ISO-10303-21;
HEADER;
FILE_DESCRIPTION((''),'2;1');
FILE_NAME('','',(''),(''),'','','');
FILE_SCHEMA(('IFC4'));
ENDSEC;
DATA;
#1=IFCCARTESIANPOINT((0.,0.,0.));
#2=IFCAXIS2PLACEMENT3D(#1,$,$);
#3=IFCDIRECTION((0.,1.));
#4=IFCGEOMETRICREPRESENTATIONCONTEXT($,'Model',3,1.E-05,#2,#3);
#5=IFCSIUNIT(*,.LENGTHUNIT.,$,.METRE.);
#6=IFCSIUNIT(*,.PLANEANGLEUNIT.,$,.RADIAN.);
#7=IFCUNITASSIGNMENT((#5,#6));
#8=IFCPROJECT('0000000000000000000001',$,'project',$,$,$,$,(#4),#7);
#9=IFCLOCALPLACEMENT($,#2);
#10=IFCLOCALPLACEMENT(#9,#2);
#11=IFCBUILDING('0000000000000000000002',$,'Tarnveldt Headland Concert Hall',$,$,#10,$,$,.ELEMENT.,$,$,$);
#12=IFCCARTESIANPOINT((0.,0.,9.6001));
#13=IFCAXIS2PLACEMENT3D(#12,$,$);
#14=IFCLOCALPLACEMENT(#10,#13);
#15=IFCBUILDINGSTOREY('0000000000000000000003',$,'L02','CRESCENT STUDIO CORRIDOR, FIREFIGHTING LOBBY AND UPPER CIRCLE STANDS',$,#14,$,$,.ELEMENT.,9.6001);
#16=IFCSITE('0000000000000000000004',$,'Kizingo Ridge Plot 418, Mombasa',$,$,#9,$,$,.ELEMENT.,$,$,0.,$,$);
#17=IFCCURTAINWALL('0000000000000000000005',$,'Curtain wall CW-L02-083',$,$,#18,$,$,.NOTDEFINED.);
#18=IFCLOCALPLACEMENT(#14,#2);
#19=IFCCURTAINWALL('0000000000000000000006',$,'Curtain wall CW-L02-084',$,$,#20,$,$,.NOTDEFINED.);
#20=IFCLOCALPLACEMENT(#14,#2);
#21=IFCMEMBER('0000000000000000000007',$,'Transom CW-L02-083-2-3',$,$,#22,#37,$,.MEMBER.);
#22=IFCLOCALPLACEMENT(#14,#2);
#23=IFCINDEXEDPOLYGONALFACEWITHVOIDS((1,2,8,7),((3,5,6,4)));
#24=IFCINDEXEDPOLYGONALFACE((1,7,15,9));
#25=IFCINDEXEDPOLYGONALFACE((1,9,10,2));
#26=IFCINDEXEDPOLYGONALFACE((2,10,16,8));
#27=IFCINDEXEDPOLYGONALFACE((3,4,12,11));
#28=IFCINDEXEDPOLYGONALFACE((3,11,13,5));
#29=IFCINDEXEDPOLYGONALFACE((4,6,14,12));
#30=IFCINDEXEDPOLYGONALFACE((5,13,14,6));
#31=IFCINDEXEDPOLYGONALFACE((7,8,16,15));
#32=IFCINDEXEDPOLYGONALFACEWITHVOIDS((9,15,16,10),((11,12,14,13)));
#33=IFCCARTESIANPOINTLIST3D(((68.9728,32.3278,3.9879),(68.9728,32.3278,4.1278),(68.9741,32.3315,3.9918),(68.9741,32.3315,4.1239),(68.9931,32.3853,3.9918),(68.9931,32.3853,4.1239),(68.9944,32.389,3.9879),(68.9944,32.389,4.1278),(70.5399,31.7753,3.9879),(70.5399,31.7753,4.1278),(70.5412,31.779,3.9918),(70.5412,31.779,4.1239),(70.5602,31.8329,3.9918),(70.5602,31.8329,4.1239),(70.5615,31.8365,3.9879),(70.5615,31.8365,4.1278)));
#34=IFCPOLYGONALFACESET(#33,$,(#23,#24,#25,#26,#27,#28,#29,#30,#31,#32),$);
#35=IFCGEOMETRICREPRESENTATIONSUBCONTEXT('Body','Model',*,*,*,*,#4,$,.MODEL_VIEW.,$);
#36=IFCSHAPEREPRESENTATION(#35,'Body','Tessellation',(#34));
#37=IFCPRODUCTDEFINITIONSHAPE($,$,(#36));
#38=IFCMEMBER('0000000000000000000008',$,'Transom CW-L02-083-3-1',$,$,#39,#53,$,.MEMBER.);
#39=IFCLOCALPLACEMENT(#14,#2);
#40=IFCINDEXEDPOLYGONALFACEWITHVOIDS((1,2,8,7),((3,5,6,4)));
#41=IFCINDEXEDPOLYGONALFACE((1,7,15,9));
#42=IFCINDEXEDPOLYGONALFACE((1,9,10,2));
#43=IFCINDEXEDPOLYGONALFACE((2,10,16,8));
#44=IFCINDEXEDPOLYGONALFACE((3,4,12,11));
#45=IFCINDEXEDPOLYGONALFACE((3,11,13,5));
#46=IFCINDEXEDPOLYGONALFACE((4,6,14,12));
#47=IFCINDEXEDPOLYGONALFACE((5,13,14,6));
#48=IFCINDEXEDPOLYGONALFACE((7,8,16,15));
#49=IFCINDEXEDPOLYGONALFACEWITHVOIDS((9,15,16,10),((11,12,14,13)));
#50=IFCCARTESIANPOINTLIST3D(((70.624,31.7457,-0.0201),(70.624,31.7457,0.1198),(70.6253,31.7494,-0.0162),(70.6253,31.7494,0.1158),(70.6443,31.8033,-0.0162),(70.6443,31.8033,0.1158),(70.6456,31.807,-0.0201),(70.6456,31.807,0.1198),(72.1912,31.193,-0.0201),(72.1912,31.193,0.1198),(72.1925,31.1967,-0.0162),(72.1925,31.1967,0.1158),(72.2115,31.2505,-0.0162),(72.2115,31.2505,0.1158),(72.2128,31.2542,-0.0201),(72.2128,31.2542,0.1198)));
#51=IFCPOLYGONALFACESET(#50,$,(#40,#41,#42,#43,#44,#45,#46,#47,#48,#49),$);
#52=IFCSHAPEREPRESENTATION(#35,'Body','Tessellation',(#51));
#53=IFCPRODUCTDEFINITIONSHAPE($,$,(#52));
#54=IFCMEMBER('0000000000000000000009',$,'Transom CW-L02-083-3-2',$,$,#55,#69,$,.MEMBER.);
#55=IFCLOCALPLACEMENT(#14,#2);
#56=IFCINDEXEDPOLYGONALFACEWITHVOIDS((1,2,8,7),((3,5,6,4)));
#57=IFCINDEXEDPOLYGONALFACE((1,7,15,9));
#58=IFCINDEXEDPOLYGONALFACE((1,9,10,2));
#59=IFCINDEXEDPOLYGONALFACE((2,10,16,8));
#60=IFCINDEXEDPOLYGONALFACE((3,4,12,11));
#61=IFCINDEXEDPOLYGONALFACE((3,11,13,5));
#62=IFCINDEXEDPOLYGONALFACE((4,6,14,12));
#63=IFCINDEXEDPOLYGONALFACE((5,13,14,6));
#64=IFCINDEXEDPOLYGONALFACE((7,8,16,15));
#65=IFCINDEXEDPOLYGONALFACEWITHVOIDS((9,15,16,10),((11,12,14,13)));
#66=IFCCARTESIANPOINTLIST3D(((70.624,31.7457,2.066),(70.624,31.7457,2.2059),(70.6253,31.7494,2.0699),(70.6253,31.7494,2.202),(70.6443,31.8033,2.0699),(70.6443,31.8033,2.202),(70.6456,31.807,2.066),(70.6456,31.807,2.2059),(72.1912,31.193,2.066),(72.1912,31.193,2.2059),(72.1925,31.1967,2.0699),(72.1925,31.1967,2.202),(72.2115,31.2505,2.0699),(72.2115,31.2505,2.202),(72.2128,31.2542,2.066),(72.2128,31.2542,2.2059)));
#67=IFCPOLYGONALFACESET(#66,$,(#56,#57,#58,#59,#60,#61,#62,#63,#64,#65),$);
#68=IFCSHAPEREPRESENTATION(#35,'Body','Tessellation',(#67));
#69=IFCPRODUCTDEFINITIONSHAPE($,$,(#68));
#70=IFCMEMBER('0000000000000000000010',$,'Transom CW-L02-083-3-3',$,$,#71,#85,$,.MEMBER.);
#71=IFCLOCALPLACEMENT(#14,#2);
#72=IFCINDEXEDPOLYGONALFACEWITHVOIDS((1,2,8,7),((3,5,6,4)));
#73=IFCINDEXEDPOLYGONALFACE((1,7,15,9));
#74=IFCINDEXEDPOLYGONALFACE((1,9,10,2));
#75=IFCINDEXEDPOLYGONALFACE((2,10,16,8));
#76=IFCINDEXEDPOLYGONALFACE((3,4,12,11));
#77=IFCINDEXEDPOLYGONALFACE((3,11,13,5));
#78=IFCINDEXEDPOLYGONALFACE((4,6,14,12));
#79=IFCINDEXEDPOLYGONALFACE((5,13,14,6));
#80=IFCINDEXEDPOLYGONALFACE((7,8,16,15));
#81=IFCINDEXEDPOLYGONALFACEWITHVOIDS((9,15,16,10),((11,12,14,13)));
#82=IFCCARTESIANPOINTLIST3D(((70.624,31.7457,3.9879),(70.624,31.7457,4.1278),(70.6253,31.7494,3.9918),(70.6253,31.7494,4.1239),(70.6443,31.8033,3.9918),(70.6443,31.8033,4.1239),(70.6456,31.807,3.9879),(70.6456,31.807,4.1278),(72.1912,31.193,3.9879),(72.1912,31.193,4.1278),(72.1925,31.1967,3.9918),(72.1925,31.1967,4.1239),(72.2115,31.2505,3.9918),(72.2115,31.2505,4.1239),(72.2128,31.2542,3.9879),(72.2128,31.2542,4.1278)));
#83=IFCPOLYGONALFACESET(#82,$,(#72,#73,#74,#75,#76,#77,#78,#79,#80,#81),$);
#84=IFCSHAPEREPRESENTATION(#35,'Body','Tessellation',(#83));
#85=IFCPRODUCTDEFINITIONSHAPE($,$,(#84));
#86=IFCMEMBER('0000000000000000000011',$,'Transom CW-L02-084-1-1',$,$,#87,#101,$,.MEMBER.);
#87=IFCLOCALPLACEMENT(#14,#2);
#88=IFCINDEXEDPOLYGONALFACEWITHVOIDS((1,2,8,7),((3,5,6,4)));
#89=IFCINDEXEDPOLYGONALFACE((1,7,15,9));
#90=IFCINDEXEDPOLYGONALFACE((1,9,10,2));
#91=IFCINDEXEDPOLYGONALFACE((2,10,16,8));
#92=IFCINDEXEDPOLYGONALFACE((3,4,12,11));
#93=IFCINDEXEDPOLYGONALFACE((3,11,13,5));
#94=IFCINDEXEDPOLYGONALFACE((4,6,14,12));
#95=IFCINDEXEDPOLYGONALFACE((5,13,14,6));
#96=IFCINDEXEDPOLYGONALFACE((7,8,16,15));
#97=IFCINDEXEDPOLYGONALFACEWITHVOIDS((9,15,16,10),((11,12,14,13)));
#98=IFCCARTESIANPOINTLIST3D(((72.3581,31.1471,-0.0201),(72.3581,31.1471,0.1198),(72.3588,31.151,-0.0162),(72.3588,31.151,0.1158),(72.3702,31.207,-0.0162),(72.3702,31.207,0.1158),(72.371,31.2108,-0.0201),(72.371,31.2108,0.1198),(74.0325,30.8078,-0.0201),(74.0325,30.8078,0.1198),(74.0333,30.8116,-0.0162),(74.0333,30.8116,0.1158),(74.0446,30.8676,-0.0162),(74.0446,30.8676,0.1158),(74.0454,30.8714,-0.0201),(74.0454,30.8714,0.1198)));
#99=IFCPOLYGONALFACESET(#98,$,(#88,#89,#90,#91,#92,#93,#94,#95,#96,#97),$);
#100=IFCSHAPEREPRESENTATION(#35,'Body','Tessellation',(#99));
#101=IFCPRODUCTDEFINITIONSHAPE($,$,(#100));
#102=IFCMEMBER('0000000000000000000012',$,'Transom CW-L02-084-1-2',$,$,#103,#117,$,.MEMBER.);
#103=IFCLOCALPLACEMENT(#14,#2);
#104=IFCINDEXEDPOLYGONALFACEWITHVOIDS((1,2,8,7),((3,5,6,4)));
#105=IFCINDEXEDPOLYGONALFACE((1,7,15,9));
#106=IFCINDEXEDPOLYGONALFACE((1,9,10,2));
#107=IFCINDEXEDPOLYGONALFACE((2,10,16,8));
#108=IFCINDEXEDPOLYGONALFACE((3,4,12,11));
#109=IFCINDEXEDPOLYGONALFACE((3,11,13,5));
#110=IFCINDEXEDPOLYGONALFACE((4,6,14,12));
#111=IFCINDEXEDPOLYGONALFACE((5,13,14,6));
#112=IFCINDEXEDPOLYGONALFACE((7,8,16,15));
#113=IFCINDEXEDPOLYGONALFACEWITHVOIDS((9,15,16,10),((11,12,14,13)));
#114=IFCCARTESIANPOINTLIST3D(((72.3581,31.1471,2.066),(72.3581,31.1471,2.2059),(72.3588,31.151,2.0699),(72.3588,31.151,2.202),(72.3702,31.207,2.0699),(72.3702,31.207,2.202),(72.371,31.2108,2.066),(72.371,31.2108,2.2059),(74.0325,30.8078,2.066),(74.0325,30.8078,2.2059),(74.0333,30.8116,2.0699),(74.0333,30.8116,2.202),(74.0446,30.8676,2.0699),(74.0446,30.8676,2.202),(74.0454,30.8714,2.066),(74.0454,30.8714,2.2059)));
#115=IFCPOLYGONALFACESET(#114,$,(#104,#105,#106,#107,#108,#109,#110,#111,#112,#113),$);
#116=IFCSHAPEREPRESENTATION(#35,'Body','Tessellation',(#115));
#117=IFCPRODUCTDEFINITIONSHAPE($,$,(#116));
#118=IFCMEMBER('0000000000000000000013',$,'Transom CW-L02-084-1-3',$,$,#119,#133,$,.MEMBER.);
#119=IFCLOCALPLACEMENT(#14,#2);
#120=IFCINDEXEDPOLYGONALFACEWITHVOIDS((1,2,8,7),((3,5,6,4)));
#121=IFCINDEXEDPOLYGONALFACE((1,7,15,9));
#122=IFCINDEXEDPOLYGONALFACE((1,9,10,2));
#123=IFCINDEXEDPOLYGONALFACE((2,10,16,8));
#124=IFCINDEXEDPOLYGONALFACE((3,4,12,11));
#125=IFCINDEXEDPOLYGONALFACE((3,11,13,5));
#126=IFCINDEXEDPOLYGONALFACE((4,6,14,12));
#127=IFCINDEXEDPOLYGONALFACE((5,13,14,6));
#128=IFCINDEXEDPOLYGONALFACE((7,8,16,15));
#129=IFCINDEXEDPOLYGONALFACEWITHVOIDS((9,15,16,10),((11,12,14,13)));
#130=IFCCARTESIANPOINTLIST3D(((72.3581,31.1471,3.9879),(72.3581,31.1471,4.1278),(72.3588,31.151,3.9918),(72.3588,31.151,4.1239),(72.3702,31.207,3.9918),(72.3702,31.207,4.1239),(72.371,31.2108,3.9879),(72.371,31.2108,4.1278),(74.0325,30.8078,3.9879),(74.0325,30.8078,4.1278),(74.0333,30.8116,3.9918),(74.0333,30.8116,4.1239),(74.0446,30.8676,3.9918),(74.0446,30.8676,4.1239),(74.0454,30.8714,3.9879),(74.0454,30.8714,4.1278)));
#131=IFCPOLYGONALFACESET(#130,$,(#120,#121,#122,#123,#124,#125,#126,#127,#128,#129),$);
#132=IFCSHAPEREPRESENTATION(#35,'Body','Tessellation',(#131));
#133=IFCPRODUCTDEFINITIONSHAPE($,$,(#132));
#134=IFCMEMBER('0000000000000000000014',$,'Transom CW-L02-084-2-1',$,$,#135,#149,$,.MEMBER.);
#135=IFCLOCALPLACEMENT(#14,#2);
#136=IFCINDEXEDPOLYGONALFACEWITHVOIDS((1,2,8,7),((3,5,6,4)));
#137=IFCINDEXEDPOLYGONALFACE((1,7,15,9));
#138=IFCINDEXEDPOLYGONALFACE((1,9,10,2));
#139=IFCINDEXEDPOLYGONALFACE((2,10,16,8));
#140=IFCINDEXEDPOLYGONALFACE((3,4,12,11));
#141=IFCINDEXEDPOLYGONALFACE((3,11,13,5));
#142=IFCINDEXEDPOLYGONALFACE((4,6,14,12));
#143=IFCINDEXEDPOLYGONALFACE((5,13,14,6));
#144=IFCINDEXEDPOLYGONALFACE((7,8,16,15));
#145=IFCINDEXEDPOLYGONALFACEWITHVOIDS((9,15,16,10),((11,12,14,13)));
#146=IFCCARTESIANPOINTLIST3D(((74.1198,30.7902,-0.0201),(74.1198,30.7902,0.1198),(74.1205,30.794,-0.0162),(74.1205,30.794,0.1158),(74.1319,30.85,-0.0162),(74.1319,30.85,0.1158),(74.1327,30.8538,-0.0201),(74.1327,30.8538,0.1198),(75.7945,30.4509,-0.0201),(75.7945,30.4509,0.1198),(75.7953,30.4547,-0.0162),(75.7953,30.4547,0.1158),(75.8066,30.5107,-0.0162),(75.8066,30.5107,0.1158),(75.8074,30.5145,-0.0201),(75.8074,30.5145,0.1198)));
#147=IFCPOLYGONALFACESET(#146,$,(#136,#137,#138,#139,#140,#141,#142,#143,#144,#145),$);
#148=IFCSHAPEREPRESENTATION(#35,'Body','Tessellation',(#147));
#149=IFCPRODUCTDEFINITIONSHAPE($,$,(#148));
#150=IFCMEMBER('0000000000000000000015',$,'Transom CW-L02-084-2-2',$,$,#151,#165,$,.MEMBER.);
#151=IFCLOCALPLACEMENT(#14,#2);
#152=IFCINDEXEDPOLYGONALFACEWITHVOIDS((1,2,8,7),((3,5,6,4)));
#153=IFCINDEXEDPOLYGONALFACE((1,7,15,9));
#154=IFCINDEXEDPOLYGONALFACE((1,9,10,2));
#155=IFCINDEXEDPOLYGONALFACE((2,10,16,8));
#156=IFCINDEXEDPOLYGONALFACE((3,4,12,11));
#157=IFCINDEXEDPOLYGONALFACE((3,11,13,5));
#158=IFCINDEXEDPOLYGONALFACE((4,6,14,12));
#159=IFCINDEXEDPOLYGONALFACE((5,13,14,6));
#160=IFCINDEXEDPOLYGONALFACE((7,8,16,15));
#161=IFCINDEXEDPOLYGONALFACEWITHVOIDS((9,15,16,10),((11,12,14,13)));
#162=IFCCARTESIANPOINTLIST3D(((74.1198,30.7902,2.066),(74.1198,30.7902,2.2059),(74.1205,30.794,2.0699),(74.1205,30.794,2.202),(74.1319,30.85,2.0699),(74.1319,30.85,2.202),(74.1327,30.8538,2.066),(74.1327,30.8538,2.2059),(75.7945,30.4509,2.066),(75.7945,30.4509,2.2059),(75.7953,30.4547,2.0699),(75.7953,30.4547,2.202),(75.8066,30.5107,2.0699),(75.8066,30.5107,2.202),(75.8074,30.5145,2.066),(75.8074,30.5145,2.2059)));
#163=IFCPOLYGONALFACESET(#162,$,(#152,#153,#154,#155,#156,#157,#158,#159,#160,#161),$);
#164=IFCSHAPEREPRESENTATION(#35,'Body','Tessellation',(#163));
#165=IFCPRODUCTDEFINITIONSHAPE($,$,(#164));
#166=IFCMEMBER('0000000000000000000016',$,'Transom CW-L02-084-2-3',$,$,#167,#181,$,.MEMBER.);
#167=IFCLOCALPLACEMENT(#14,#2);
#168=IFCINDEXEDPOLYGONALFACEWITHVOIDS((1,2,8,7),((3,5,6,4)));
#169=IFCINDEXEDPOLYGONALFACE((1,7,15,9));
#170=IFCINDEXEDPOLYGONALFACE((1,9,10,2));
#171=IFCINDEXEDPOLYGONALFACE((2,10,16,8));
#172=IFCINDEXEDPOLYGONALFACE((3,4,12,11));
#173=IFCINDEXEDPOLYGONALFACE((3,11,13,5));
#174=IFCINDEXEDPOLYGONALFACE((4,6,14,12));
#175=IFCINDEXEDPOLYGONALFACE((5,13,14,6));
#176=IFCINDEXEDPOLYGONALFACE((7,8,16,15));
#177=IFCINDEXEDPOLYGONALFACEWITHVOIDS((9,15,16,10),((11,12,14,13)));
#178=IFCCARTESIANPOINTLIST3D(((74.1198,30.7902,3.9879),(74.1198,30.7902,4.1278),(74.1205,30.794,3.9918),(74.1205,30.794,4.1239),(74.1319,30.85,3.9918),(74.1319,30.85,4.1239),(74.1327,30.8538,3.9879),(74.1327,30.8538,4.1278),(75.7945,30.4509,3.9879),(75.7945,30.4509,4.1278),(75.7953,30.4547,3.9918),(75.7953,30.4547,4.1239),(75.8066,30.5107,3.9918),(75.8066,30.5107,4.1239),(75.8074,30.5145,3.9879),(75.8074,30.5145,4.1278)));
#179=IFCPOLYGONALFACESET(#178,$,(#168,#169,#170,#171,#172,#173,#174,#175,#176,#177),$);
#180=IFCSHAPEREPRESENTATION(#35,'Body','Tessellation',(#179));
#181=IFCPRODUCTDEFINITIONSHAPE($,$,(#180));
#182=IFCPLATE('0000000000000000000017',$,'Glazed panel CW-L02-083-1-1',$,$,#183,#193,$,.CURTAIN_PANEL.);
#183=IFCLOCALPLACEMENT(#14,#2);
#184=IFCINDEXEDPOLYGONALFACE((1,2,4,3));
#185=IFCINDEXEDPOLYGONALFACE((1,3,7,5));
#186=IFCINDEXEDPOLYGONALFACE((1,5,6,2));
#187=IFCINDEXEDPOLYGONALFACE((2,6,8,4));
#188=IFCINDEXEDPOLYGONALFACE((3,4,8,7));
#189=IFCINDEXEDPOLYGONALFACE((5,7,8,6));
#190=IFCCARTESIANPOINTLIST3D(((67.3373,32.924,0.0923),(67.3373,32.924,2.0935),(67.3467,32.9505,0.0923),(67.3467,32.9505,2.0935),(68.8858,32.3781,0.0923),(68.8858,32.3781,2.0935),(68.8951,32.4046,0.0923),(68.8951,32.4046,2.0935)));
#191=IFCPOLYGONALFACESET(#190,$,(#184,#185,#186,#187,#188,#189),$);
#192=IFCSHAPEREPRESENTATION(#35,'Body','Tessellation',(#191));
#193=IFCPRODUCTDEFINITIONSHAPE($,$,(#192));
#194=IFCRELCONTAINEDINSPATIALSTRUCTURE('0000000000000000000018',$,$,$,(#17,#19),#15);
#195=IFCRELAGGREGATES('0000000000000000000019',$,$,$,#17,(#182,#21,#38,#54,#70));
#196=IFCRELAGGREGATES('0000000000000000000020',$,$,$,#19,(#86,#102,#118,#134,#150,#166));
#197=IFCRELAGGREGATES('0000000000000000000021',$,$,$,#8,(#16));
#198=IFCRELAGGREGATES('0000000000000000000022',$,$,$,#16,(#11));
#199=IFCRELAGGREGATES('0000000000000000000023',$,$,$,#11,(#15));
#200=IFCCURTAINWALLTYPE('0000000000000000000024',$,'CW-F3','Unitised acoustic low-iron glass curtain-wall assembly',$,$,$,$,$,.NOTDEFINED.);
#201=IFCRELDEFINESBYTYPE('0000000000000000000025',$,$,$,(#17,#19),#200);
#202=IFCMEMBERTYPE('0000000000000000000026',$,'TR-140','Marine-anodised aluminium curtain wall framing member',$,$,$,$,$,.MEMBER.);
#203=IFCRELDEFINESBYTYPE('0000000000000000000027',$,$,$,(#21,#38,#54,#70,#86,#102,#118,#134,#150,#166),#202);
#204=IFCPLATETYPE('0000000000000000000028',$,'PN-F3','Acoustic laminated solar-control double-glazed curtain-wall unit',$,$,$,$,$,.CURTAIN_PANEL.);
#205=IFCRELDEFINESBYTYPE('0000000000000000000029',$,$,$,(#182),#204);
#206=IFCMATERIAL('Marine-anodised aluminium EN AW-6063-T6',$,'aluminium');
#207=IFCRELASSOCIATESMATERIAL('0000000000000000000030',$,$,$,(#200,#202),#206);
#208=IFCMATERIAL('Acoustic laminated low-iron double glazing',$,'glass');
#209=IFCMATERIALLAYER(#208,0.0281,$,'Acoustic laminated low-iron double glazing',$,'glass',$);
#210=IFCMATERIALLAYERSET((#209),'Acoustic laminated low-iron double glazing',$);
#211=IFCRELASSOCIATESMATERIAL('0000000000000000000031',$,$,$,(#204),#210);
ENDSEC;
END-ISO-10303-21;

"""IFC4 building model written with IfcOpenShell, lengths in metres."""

from ifc_helpers import new_model, si_unit, direction, frame, origin, origin_2d, place, context, subcontext, project, spatial, rectangle, hollow_rectangle, extrude, material, layer, layer_set, material_profile, profile_set, type_object, element, aggregate, save


model = new_model("IFC4")

# Units and contexts
model_context = context("Model", 3, precision=1e-05, world=origin(), true_north=direction((0.0, 1.0)))
body_context = subcontext(model_context, "Body", "Model", "MODEL_VIEW")
ifc_project = project(units=[si_unit("LENGTHUNIT", "METRE"), si_unit("PLANEANGLEUNIT", "RADIAN")], contexts=[model_context])

# Site, building, storey
site_placement = place(None, origin())
site = spatial("IfcSite", under=ifc_project, at=site_placement, Name="Kizingo Ridge Plot 418, Mombasa", CompositionType="ELEMENT", RefElevation=0.0)
building_placement = place(site_placement, origin())
building = spatial("IfcBuilding", under=site, at=building_placement, Name="Tarnveldt Headland Concert Hall", CompositionType="ELEMENT")
storey_placement = place(building_placement, frame((0.0, 0.0, 9.6001)))
storey = spatial("IfcBuildingStorey", under=building, at=storey_placement, Name="L02", Description="CRESCENT STUDIO CORRIDOR, FIREFIGHTING LOBBY AND UPPER CIRCLE STANDS", CompositionType="ELEMENT", Elevation=9.6001)

# Curtain walls
ifc_material_1 = material(Name="Marine-anodised aluminium EN AW-6063-T6", Category="aluminium")
curtain_wall_type = type_object("IfcCurtainWallType", Name="CW-F3", Description="Unitised acoustic low-iron glass curtain-wall assembly", PredefinedType="NOTDEFINED", material=ifc_material_1)
curtain_wall_1_placement = place(storey_placement, origin())
curtain_wall_1 = element("IfcCurtainWall", 1, at=curtain_wall_1_placement, inside=storey, type_object=curtain_wall_type, Name="Curtain wall CW-L02-083", PredefinedType="NOTDEFINED")
curtain_wall_2_placement = place(storey_placement, origin())
curtain_wall_2 = element("IfcCurtainWall", 2, at=curtain_wall_2_placement, inside=storey, type_object=curtain_wall_type, Name="Curtain wall CW-L02-084", PredefinedType="NOTDEFINED")

# Members
ifc_material_profile_1 = material_profile(ifc_material_1, hollow_rectangle(XDim=0.0649, YDim=0.1399, WallThickness=0.0039, at=origin_2d()), Name="ALU TRANSOM 65x140x4", Category="aluminium")
ifc_profile_set_1 = profile_set([ifc_material_profile_1], Name="Marine-anodised aluminium EN AW-6063-T6")
member_type_1 = type_object("IfcMemberType", Name="TR-140", Description="Marine-anodised aluminium curtain wall framing member", PredefinedType="MEMBER", material=ifc_profile_set_1)
member_1_placement = place(storey_placement, frame((68.9836, 32.3584, 4.0579), z_axis=(0.943107, -0.33249, 0.0), x_axis=(0.33249, 0.943107, 0.0)))
member_1 = element("IfcMember", 3, at=member_1_placement, type_object=member_type_1, Name="Transom CW-L02-083-2-3", PredefinedType="MEMBER", context=body_context, shape_type="SweptSolid", body=[
    extrude(hollow_rectangle(XDim=0.0649, YDim=0.1399, WallThickness=0.0039, at=origin_2d()), origin(), (0.0, 0.0, 1.0), 1.6616),
])
member_2_placement = place(storey_placement, frame((70.6348, 31.7764, 0.0498), z_axis=(0.943061, -0.33262, 0.0), x_axis=(0.33262, 0.943061, 0.0)))
member_2 = element("IfcMember", 4, at=member_2_placement, type_object=member_type_1, Name="Transom CW-L02-083-3-1", PredefinedType="MEMBER", context=body_context, shape_type="SweptSolid", body=[
    extrude(hollow_rectangle(XDim=0.0649, YDim=0.1399, WallThickness=0.0039, at=origin_2d()), origin(), (0.0, 0.0, 1.0), 1.6619),
])
member_3_placement = place(storey_placement, frame((70.6348, 31.7764, 2.136), z_axis=(0.943061, -0.33262, 0.0), x_axis=(0.33262, 0.943061, 0.0)))
member_3 = element("IfcMember", 5, at=member_3_placement, type_object=member_type_1, Name="Transom CW-L02-083-3-2", PredefinedType="MEMBER", context=body_context, shape_type="SweptSolid", body=[
    extrude(hollow_rectangle(XDim=0.0649, YDim=0.1399, WallThickness=0.0039, at=origin_2d()), origin(), (0.0, 0.0, 1.0), 1.6619),
])
member_4_placement = place(storey_placement, frame((70.6348, 31.7764, 4.0579), z_axis=(0.943061, -0.33262, 0.0), x_axis=(0.33262, 0.943061, 0.0)))
member_4 = element("IfcMember", 6, at=member_4_placement, type_object=member_type_1, Name="Transom CW-L02-083-3-3", PredefinedType="MEMBER", context=body_context, shape_type="SweptSolid", body=[
    extrude(hollow_rectangle(XDim=0.0649, YDim=0.1399, WallThickness=0.0039, at=origin_2d()), origin(), (0.0, 0.0, 1.0), 1.6619),
])
member_5_placement = place(storey_placement, frame((72.3645, 31.179, 0.0498), z_axis=(0.980077, -0.198616, 0.0), x_axis=(0.198616, 0.980077, 0.0)))
member_5 = element("IfcMember", 7, at=member_5_placement, type_object=member_type_1, Name="Transom CW-L02-084-1-1", PredefinedType="MEMBER", context=body_context, shape_type="SweptSolid", body=[
    extrude(hollow_rectangle(XDim=0.0649, YDim=0.1399, WallThickness=0.0039, at=origin_2d()), origin(), (0.0, 0.0, 1.0), 1.7085),
])
member_6_placement = place(storey_placement, frame((72.3645, 31.179, 2.136), z_axis=(0.980077, -0.198616, 0.0), x_axis=(0.198616, 0.980077, 0.0)))
member_6 = element("IfcMember", 8, at=member_6_placement, type_object=member_type_1, Name="Transom CW-L02-084-1-2", PredefinedType="MEMBER", context=body_context, shape_type="SweptSolid", body=[
    extrude(hollow_rectangle(XDim=0.0649, YDim=0.1399, WallThickness=0.0039, at=origin_2d()), origin(), (0.0, 0.0, 1.0), 1.7085),
])
member_7_placement = place(storey_placement, frame((72.3645, 31.179, 4.0579), z_axis=(0.980077, -0.198616, 0.0), x_axis=(0.198616, 0.980077, 0.0)))
member_7 = element("IfcMember", 9, at=member_7_placement, type_object=member_type_1, Name="Transom CW-L02-084-1-3", PredefinedType="MEMBER", context=body_context, shape_type="SweptSolid", body=[
    extrude(hollow_rectangle(XDim=0.0649, YDim=0.1399, WallThickness=0.0039, at=origin_2d()), origin(), (0.0, 0.0, 1.0), 1.7085),
])
member_8_placement = place(storey_placement, frame((74.1262, 30.822, 0.0498), z_axis=(0.980083, -0.198588, 0.0), x_axis=(0.198588, 0.980083, 0.0)))
member_8 = element("IfcMember", 10, at=member_8_placement, type_object=member_type_1, Name="Transom CW-L02-084-2-1", PredefinedType="MEMBER", context=body_context, shape_type="SweptSolid", body=[
    extrude(hollow_rectangle(XDim=0.0649, YDim=0.1399, WallThickness=0.0039, at=origin_2d()), origin(), (0.0, 0.0, 1.0), 1.7087),
])
member_9_placement = place(storey_placement, frame((74.1262, 30.822, 2.136), z_axis=(0.980083, -0.198588, 0.0), x_axis=(0.198588, 0.980083, 0.0)))
member_9 = element("IfcMember", 11, at=member_9_placement, type_object=member_type_1, Name="Transom CW-L02-084-2-2", PredefinedType="MEMBER", context=body_context, shape_type="SweptSolid", body=[
    extrude(hollow_rectangle(XDim=0.0649, YDim=0.1399, WallThickness=0.0039, at=origin_2d()), origin(), (0.0, 0.0, 1.0), 1.7087),
])
member_10_placement = place(storey_placement, frame((74.1262, 30.822, 4.0579), z_axis=(0.980083, -0.198588, 0.0), x_axis=(0.198588, 0.980083, 0.0)))
member_10 = element("IfcMember", 12, at=member_10_placement, type_object=member_type_1, Name="Transom CW-L02-084-2-3", PredefinedType="MEMBER", context=body_context, shape_type="SweptSolid", body=[
    extrude(hollow_rectangle(XDim=0.0649, YDim=0.1399, WallThickness=0.0039, at=origin_2d()), origin(), (0.0, 0.0, 1.0), 1.7087),
])

# Plate
ifc_material_2 = material(Name="Acoustic laminated low-iron double glazing", Category="glass")
ifc_layer_1 = layer(ifc_material_2, 0.0281, Name="Acoustic laminated low-iron double glazing", Category="glass")
ifc_layer_set_1 = layer_set([ifc_layer_1], Name="Acoustic laminated low-iron double glazing")
plate_type = type_object("IfcPlateType", Name="PN-F3", Description="Acoustic laminated solar-control double-glazed curtain-wall unit", PredefinedType="CURTAIN_PANEL", material=ifc_layer_set_1)
plate_1_placement = place(storey_placement, frame((68.1162, 32.6643, 0.0923), z_axis=(0.0, 0.0, 1.0), x_axis=(0.943095, -0.332523, 0.0)))
plate_1 = element("IfcPlate", 13, at=plate_1_placement, type_object=plate_type, Name="Glazed panel CW-L02-083-1-1", PredefinedType="CURTAIN_PANEL", context=body_context, shape_type="SweptSolid", body=[
    extrude(rectangle(XDim=1.6418, YDim=0.0281, at=origin_2d()), origin(), (0.0, 0.0, 1.0), 2.0012),
])
aggregate(curtain_wall_1, [plate_1, member_1, member_2, member_3, member_4])
aggregate(curtain_wall_2, [member_5, member_6, member_7, member_8, member_9, member_10])

save(model, "model.ifc")
